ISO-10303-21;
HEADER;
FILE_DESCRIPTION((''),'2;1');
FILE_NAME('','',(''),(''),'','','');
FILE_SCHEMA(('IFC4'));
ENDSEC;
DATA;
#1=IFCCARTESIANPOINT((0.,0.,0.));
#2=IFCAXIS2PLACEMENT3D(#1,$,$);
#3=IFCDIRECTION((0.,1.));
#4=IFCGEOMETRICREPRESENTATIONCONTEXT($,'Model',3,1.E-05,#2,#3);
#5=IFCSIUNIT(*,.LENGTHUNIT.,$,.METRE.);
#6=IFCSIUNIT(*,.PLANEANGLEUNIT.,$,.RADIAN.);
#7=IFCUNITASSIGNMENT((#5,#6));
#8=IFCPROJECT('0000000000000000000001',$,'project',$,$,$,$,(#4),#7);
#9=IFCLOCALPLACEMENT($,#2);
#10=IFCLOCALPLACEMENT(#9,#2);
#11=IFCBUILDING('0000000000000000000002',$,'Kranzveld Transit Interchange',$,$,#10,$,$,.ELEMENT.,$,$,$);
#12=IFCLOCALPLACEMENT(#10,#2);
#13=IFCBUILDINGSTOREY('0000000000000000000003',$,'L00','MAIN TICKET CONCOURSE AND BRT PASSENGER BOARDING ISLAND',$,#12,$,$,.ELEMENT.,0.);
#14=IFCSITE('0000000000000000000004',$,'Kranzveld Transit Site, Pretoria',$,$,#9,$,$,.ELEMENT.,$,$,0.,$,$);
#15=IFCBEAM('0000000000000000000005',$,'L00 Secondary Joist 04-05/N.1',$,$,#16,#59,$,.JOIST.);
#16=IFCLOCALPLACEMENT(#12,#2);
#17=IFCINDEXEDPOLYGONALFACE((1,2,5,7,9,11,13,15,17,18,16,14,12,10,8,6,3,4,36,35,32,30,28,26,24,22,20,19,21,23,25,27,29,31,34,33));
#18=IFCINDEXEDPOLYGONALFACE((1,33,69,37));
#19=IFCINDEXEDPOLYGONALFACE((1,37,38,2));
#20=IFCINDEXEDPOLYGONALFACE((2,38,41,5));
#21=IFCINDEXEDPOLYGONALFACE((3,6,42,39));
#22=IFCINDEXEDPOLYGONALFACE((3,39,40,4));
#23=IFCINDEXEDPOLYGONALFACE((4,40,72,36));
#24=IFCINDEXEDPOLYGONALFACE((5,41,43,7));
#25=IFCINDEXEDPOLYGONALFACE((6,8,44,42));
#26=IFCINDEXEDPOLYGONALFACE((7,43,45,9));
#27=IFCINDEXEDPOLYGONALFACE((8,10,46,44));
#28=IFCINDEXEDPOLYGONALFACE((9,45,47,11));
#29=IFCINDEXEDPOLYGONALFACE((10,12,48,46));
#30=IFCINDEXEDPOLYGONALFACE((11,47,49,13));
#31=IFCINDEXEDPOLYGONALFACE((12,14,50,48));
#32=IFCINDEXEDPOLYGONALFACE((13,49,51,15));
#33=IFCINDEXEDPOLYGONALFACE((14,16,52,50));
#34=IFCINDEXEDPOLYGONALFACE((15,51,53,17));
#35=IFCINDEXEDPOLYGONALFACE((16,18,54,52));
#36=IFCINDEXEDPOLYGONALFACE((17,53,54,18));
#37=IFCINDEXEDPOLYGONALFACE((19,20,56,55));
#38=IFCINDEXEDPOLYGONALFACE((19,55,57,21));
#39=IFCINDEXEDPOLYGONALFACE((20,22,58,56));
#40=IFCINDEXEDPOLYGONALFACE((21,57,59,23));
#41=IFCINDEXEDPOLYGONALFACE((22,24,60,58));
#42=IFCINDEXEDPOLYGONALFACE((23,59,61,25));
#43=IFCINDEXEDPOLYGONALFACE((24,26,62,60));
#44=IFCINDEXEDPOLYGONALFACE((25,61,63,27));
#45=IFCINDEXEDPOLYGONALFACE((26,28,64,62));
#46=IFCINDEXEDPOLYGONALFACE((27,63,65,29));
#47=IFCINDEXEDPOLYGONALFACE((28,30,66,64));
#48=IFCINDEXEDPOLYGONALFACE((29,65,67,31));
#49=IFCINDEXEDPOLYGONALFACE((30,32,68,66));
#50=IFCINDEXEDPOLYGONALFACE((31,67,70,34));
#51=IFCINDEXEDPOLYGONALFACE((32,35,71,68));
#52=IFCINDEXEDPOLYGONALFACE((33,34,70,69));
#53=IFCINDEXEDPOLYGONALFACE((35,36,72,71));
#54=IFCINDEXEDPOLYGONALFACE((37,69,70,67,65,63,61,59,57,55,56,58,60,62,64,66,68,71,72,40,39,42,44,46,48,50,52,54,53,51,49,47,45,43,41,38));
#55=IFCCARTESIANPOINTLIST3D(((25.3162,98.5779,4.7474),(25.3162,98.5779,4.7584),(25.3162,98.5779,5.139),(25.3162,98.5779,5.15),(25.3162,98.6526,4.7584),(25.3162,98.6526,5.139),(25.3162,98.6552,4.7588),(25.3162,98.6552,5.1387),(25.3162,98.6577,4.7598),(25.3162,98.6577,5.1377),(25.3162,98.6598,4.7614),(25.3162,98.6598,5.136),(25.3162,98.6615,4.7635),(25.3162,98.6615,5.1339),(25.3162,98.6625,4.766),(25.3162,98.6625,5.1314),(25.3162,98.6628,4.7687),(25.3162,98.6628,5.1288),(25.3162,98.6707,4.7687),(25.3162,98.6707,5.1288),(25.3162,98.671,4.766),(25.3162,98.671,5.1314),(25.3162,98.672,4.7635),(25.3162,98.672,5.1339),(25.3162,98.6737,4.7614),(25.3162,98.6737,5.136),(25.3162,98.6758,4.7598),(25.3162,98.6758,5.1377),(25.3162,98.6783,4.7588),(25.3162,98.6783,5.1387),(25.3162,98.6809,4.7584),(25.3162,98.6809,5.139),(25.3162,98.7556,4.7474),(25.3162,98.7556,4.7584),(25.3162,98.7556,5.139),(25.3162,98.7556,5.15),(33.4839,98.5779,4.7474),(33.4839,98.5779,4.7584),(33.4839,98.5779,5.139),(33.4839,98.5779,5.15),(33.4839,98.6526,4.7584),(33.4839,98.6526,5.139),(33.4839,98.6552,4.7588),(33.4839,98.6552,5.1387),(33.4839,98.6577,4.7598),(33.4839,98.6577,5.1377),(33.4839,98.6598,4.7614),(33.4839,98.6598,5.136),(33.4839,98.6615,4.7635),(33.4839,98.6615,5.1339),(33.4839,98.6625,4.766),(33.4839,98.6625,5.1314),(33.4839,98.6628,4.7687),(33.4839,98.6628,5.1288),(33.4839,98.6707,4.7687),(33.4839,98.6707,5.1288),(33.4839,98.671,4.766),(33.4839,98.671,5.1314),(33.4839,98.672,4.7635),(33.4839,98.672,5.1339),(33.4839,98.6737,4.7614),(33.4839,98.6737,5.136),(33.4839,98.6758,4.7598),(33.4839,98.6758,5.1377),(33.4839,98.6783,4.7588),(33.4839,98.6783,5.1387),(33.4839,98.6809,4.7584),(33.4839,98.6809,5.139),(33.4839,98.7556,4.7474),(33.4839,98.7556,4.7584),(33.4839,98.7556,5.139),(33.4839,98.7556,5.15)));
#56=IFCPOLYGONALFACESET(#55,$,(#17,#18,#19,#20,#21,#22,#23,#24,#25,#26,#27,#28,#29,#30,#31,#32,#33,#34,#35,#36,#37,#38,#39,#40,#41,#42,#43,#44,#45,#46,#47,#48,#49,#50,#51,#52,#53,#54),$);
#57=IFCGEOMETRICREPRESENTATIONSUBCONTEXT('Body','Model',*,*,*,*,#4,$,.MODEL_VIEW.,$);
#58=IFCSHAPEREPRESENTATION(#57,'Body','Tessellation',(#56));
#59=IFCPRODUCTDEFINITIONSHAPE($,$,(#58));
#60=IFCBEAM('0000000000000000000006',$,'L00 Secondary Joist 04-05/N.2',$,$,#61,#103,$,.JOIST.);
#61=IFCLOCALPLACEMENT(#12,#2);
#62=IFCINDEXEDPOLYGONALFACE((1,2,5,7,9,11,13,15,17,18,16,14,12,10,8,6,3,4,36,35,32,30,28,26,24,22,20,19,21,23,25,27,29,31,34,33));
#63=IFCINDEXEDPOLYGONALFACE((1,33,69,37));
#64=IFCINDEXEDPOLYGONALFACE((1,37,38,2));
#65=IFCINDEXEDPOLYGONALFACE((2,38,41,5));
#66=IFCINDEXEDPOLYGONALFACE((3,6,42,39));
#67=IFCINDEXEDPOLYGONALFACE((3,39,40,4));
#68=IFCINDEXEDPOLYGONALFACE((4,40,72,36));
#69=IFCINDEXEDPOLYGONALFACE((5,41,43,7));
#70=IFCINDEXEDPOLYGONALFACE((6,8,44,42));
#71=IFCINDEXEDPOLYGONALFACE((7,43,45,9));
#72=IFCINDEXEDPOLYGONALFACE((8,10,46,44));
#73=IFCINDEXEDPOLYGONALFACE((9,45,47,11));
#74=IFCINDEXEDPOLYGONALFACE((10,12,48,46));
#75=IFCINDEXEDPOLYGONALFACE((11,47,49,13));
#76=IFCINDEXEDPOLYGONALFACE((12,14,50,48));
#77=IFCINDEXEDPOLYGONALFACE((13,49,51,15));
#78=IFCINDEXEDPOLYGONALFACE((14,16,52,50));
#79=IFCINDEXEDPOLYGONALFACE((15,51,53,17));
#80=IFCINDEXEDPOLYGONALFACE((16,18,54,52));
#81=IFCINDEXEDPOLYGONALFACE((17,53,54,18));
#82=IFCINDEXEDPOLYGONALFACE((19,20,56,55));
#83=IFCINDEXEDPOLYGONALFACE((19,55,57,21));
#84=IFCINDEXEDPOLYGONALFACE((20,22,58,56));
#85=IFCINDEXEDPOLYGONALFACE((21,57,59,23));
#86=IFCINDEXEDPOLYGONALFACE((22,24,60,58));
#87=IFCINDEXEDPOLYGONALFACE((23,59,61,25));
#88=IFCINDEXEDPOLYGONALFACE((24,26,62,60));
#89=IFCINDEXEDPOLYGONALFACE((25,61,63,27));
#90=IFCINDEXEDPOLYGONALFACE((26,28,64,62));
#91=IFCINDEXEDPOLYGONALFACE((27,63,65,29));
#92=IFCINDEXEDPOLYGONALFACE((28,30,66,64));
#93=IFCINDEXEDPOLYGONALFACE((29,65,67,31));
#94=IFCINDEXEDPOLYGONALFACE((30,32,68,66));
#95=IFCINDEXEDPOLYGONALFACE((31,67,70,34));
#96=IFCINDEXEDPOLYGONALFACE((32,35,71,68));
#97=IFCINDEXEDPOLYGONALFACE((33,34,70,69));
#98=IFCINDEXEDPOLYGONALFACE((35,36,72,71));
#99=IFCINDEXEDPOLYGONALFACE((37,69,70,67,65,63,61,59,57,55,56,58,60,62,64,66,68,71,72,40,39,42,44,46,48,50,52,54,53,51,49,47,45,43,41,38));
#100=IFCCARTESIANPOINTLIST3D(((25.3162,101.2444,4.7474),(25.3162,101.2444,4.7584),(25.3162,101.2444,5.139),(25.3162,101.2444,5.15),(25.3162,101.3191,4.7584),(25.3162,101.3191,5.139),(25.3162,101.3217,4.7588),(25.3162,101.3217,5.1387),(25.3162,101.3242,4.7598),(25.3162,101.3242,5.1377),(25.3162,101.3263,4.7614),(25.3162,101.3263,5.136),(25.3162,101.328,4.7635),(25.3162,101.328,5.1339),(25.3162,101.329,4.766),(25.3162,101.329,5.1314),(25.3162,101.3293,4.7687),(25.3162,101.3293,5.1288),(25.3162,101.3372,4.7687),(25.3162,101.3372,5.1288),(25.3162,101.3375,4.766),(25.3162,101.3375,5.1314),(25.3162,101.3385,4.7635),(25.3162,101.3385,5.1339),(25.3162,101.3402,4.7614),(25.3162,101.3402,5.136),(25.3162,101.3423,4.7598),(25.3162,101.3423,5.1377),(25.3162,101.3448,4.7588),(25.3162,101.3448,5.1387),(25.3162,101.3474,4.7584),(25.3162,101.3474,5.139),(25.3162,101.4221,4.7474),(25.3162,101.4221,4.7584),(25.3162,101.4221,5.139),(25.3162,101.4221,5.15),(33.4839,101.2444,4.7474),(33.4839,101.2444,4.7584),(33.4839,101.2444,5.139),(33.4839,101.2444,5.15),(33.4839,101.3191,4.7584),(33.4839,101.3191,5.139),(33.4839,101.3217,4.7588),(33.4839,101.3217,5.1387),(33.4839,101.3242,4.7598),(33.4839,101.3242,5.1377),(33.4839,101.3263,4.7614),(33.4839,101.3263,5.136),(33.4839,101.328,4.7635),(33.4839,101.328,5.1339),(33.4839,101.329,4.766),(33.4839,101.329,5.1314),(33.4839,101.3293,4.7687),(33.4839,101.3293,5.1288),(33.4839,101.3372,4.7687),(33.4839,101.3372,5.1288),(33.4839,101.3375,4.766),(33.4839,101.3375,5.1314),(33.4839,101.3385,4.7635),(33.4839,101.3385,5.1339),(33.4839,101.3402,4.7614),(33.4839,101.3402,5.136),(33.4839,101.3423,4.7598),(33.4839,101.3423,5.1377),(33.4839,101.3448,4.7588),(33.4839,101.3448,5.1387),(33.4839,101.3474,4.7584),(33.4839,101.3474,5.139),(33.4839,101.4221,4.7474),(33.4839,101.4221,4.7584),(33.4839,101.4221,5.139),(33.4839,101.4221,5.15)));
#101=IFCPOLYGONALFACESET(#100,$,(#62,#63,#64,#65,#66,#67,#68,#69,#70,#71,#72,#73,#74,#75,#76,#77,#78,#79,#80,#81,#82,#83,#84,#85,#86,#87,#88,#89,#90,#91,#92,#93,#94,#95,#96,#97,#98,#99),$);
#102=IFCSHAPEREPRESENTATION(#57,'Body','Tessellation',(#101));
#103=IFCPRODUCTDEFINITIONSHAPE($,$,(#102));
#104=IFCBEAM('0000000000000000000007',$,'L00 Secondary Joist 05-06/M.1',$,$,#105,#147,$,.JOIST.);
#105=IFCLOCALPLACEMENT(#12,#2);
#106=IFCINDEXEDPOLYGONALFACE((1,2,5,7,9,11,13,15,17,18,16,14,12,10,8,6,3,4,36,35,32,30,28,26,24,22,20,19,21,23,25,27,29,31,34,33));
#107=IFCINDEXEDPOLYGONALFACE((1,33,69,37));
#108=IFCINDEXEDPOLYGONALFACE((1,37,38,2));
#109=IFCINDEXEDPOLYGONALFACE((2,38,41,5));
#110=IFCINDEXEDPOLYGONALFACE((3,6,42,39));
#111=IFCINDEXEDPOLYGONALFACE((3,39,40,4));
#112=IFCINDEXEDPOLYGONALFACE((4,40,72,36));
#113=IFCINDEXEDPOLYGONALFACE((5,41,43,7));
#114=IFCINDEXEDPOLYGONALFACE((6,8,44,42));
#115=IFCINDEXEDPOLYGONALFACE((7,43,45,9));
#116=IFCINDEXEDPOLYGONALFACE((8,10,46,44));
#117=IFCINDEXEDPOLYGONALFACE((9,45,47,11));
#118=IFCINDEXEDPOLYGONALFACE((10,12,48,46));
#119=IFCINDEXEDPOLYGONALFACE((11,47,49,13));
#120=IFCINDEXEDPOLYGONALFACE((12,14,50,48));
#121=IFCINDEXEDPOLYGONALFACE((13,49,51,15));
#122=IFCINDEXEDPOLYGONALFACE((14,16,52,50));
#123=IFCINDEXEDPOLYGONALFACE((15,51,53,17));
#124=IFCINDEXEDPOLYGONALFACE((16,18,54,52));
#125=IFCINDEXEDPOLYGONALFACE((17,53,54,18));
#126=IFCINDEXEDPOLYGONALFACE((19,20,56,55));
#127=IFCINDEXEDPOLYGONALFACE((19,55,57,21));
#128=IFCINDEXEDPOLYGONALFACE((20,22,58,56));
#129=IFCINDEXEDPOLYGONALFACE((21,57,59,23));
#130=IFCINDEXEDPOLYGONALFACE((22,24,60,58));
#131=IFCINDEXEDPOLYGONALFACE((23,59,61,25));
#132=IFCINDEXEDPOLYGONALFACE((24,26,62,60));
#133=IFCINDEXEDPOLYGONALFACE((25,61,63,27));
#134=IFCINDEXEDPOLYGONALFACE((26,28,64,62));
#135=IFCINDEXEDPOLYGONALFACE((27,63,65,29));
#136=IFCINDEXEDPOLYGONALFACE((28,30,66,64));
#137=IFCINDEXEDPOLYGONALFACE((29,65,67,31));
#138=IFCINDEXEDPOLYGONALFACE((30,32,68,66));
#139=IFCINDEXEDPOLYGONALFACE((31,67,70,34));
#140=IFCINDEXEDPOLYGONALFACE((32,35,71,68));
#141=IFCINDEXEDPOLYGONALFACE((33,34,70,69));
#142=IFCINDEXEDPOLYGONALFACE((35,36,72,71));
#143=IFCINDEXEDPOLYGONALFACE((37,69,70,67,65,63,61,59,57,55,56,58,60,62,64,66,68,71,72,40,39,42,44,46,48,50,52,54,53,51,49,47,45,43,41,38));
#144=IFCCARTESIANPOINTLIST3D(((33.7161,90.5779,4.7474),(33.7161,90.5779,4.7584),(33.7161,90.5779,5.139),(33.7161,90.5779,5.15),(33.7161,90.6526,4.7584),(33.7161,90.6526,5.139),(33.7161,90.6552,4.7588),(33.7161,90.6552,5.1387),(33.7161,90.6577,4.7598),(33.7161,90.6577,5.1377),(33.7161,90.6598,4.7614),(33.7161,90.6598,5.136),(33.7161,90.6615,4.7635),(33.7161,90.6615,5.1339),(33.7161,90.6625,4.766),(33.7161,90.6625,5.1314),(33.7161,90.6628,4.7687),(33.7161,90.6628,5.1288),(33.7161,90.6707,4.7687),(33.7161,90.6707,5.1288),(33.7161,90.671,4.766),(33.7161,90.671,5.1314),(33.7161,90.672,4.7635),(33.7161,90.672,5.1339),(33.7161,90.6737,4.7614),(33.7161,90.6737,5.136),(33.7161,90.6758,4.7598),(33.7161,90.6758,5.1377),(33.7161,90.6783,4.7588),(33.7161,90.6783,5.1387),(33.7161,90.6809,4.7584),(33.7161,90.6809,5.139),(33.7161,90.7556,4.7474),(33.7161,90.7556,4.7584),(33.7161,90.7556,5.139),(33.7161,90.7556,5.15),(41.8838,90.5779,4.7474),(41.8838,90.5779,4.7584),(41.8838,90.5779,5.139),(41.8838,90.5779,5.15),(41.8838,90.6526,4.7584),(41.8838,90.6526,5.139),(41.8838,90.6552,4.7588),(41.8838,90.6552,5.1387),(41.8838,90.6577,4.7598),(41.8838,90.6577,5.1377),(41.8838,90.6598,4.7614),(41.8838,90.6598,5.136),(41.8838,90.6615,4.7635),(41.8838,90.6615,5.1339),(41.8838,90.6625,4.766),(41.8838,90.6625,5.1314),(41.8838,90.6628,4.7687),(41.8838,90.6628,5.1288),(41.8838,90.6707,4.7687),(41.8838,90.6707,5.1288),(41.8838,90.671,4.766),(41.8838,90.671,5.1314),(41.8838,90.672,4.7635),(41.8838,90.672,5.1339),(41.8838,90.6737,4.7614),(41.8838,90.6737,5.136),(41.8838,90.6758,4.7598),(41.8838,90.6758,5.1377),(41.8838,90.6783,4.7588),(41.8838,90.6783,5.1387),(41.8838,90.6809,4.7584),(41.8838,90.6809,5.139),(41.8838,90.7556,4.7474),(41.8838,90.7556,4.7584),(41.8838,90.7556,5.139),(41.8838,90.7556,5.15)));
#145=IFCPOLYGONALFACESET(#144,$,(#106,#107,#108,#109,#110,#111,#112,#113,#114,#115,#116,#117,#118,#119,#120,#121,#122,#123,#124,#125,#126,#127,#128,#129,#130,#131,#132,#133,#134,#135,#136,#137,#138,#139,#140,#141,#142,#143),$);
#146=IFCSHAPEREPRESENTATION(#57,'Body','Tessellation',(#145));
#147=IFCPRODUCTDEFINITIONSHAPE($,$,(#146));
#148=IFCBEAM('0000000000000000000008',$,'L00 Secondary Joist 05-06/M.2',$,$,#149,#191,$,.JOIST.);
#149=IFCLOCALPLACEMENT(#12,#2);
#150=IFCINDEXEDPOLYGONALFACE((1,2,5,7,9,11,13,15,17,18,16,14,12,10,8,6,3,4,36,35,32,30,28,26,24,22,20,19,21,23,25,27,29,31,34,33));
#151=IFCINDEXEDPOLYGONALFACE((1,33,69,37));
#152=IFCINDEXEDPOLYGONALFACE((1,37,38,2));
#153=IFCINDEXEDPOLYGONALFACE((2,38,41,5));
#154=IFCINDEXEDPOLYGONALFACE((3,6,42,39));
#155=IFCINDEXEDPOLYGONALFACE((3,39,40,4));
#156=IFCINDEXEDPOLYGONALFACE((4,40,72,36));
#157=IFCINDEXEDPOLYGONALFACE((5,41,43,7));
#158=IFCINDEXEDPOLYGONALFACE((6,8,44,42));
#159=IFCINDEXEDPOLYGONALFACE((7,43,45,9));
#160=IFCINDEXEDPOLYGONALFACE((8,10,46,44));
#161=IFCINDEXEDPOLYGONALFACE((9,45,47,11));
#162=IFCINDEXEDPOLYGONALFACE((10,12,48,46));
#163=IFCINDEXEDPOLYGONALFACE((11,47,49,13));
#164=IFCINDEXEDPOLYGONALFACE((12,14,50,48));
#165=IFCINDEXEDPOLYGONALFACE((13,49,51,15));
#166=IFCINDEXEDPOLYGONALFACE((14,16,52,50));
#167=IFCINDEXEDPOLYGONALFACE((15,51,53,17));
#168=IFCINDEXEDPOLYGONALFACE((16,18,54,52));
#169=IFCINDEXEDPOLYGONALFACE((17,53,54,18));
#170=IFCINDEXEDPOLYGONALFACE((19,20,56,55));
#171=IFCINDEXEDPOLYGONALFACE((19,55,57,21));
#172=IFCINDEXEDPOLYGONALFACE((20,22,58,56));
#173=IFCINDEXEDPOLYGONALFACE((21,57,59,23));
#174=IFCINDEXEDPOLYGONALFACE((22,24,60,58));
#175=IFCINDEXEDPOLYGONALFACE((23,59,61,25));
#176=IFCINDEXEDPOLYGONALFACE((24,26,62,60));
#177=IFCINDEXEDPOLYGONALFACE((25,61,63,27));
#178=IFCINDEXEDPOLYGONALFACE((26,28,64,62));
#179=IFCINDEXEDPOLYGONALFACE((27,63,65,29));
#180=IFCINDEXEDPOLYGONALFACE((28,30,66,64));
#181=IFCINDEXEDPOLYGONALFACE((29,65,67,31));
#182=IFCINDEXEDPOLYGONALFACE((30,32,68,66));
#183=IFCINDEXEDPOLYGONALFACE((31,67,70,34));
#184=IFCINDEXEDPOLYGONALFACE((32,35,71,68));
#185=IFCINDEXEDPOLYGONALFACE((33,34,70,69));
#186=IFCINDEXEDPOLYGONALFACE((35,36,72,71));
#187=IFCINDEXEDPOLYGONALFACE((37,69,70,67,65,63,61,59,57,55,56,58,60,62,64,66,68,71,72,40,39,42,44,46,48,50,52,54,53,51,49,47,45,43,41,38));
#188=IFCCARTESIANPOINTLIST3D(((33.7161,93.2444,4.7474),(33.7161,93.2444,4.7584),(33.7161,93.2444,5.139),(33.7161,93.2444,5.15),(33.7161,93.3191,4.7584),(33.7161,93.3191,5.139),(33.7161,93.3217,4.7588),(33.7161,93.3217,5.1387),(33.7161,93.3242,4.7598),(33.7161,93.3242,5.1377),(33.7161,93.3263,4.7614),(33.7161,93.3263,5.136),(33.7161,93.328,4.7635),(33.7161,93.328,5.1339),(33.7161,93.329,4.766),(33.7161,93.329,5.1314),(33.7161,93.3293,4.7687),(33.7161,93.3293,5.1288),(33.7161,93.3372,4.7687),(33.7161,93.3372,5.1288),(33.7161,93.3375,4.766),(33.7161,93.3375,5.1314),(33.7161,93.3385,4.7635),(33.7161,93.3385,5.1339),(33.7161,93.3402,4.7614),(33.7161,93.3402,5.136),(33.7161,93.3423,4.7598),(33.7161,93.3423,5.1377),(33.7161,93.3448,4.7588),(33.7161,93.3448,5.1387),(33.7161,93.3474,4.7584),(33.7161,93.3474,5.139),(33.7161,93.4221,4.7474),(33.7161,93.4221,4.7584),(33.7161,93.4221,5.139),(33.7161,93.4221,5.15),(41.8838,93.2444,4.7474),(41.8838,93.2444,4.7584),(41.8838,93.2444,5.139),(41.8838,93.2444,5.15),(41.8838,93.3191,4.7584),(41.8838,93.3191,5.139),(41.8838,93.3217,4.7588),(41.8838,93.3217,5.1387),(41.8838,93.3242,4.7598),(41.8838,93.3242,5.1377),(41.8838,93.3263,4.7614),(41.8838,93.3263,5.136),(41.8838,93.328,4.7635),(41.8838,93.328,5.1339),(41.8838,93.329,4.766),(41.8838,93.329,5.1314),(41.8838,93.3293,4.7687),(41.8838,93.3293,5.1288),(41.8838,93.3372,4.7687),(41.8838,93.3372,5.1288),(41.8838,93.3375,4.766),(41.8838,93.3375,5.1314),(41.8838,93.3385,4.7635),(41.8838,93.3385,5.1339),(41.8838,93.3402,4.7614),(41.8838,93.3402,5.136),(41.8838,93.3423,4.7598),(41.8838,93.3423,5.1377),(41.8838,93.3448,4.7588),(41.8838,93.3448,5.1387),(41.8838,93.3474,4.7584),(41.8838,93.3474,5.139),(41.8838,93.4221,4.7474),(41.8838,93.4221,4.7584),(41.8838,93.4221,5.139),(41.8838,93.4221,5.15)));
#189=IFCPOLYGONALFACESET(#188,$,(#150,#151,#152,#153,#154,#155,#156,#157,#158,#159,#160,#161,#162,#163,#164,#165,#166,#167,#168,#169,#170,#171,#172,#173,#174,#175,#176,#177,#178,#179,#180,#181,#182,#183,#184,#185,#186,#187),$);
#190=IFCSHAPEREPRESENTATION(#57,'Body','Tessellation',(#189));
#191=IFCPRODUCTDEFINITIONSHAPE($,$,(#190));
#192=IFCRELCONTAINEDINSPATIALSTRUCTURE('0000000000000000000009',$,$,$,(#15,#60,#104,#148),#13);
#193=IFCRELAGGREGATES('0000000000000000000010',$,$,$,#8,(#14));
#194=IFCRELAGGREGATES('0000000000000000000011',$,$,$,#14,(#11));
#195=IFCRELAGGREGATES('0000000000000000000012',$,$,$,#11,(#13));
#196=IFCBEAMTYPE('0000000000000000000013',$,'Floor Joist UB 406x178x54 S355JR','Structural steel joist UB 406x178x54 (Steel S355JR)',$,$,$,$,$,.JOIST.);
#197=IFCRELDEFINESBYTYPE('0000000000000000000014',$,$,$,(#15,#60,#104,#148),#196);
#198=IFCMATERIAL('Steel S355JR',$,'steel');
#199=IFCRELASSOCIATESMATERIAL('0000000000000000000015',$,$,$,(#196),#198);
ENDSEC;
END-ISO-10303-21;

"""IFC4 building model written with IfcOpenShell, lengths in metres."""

from ifc_helpers import new_model, si_unit, direction, frame, origin, origin_2d, place, context, subcontext, project, spatial, i_section, extrude, material, material_profile, profile_set, type_object, element, save


model = new_model("IFC4")

# Units and contexts
model_context = context("Model", 3, precision=1e-05, world=origin(), true_north=direction((0.0, 1.0)))
body_context = subcontext(model_context, "Body", "Model", "MODEL_VIEW")
ifc_project = project(units=[si_unit("LENGTHUNIT", "METRE"), si_unit("PLANEANGLEUNIT", "RADIAN")], contexts=[model_context])

# Site, building, storey
site_placement = place(None, origin())
site = spatial("IfcSite", under=ifc_project, at=site_placement, Name="Kranzveld Transit Site, Pretoria", CompositionType="ELEMENT", RefElevation=0.0)
building_placement = place(site_placement, origin())
building = spatial("IfcBuilding", under=site, at=building_placement, Name="Kranzveld Transit Interchange", CompositionType="ELEMENT")
storey_placement = place(building_placement, origin())
storey = spatial("IfcBuildingStorey", under=building, at=storey_placement, Name="L00", Description="MAIN TICKET CONCOURSE AND BRT PASSENGER BOARDING ISLAND", CompositionType="ELEMENT", Elevation=0.0)

# Beams
ifc_material_1 = material(Name="Steel S355JR", Category="steel")
ifc_material_profile_1 = material_profile(ifc_material_1, i_section(OverallWidth=0.1777, OverallDepth=0.4026, WebThickness=0.0078, FlangeThickness=0.011, FilletRadius=0.0103, at=origin_2d()), Name="UB 406x178x54")
ifc_profile_set_1 = profile_set([ifc_material_profile_1], Name="Steel S355JR")
beam_type_1 = type_object("IfcBeamType", Name="Floor Joist UB 406x178x54 S355JR", Description="Structural steel joist UB 406x178x54 (Steel S355JR)", PredefinedType="JOIST", material=ifc_profile_set_1)
for number, where, z_axis, x_axis, name in (
    (1, (25.3162, 98.6667, 4.9487), (1.0, 0.0, 0.0), (0.0, 1.0, 0.0), "L00 Secondary Joist 04-05/N.1"),
    (2, (25.3162, 101.3333, 4.9487), (1.0, 0.0, 0.0), (0.0, 1.0, 0.0), "L00 Secondary Joist 04-05/N.2"),
    (3, (33.7161, 90.6667, 4.9487), (1.0, 0.0, 0.0), (0.0, 1.0, 0.0), "L00 Secondary Joist 05-06/M.1"),
    (4, (33.7161, 93.3333, 4.9487), (1.0, 0.0, 0.0), (0.0, 1.0, 0.0), "L00 Secondary Joist 05-06/M.2"),
):
    element("IfcBeam", number, at=place(storey_placement, frame(where, z_axis=z_axis, x_axis=x_axis)), inside=storey, type_object=beam_type_1, Name=name, PredefinedType="JOIST", context=body_context, shape_type="SweptSolid", body=[
        extrude(i_section(OverallWidth=0.1777, OverallDepth=0.4026, WebThickness=0.0078, FlangeThickness=0.011, FilletRadius=0.0103, at=origin_2d()), origin(), (0.0, 0.0, 1.0), 8.1677),
    ])

save(model, "model.ifc")
